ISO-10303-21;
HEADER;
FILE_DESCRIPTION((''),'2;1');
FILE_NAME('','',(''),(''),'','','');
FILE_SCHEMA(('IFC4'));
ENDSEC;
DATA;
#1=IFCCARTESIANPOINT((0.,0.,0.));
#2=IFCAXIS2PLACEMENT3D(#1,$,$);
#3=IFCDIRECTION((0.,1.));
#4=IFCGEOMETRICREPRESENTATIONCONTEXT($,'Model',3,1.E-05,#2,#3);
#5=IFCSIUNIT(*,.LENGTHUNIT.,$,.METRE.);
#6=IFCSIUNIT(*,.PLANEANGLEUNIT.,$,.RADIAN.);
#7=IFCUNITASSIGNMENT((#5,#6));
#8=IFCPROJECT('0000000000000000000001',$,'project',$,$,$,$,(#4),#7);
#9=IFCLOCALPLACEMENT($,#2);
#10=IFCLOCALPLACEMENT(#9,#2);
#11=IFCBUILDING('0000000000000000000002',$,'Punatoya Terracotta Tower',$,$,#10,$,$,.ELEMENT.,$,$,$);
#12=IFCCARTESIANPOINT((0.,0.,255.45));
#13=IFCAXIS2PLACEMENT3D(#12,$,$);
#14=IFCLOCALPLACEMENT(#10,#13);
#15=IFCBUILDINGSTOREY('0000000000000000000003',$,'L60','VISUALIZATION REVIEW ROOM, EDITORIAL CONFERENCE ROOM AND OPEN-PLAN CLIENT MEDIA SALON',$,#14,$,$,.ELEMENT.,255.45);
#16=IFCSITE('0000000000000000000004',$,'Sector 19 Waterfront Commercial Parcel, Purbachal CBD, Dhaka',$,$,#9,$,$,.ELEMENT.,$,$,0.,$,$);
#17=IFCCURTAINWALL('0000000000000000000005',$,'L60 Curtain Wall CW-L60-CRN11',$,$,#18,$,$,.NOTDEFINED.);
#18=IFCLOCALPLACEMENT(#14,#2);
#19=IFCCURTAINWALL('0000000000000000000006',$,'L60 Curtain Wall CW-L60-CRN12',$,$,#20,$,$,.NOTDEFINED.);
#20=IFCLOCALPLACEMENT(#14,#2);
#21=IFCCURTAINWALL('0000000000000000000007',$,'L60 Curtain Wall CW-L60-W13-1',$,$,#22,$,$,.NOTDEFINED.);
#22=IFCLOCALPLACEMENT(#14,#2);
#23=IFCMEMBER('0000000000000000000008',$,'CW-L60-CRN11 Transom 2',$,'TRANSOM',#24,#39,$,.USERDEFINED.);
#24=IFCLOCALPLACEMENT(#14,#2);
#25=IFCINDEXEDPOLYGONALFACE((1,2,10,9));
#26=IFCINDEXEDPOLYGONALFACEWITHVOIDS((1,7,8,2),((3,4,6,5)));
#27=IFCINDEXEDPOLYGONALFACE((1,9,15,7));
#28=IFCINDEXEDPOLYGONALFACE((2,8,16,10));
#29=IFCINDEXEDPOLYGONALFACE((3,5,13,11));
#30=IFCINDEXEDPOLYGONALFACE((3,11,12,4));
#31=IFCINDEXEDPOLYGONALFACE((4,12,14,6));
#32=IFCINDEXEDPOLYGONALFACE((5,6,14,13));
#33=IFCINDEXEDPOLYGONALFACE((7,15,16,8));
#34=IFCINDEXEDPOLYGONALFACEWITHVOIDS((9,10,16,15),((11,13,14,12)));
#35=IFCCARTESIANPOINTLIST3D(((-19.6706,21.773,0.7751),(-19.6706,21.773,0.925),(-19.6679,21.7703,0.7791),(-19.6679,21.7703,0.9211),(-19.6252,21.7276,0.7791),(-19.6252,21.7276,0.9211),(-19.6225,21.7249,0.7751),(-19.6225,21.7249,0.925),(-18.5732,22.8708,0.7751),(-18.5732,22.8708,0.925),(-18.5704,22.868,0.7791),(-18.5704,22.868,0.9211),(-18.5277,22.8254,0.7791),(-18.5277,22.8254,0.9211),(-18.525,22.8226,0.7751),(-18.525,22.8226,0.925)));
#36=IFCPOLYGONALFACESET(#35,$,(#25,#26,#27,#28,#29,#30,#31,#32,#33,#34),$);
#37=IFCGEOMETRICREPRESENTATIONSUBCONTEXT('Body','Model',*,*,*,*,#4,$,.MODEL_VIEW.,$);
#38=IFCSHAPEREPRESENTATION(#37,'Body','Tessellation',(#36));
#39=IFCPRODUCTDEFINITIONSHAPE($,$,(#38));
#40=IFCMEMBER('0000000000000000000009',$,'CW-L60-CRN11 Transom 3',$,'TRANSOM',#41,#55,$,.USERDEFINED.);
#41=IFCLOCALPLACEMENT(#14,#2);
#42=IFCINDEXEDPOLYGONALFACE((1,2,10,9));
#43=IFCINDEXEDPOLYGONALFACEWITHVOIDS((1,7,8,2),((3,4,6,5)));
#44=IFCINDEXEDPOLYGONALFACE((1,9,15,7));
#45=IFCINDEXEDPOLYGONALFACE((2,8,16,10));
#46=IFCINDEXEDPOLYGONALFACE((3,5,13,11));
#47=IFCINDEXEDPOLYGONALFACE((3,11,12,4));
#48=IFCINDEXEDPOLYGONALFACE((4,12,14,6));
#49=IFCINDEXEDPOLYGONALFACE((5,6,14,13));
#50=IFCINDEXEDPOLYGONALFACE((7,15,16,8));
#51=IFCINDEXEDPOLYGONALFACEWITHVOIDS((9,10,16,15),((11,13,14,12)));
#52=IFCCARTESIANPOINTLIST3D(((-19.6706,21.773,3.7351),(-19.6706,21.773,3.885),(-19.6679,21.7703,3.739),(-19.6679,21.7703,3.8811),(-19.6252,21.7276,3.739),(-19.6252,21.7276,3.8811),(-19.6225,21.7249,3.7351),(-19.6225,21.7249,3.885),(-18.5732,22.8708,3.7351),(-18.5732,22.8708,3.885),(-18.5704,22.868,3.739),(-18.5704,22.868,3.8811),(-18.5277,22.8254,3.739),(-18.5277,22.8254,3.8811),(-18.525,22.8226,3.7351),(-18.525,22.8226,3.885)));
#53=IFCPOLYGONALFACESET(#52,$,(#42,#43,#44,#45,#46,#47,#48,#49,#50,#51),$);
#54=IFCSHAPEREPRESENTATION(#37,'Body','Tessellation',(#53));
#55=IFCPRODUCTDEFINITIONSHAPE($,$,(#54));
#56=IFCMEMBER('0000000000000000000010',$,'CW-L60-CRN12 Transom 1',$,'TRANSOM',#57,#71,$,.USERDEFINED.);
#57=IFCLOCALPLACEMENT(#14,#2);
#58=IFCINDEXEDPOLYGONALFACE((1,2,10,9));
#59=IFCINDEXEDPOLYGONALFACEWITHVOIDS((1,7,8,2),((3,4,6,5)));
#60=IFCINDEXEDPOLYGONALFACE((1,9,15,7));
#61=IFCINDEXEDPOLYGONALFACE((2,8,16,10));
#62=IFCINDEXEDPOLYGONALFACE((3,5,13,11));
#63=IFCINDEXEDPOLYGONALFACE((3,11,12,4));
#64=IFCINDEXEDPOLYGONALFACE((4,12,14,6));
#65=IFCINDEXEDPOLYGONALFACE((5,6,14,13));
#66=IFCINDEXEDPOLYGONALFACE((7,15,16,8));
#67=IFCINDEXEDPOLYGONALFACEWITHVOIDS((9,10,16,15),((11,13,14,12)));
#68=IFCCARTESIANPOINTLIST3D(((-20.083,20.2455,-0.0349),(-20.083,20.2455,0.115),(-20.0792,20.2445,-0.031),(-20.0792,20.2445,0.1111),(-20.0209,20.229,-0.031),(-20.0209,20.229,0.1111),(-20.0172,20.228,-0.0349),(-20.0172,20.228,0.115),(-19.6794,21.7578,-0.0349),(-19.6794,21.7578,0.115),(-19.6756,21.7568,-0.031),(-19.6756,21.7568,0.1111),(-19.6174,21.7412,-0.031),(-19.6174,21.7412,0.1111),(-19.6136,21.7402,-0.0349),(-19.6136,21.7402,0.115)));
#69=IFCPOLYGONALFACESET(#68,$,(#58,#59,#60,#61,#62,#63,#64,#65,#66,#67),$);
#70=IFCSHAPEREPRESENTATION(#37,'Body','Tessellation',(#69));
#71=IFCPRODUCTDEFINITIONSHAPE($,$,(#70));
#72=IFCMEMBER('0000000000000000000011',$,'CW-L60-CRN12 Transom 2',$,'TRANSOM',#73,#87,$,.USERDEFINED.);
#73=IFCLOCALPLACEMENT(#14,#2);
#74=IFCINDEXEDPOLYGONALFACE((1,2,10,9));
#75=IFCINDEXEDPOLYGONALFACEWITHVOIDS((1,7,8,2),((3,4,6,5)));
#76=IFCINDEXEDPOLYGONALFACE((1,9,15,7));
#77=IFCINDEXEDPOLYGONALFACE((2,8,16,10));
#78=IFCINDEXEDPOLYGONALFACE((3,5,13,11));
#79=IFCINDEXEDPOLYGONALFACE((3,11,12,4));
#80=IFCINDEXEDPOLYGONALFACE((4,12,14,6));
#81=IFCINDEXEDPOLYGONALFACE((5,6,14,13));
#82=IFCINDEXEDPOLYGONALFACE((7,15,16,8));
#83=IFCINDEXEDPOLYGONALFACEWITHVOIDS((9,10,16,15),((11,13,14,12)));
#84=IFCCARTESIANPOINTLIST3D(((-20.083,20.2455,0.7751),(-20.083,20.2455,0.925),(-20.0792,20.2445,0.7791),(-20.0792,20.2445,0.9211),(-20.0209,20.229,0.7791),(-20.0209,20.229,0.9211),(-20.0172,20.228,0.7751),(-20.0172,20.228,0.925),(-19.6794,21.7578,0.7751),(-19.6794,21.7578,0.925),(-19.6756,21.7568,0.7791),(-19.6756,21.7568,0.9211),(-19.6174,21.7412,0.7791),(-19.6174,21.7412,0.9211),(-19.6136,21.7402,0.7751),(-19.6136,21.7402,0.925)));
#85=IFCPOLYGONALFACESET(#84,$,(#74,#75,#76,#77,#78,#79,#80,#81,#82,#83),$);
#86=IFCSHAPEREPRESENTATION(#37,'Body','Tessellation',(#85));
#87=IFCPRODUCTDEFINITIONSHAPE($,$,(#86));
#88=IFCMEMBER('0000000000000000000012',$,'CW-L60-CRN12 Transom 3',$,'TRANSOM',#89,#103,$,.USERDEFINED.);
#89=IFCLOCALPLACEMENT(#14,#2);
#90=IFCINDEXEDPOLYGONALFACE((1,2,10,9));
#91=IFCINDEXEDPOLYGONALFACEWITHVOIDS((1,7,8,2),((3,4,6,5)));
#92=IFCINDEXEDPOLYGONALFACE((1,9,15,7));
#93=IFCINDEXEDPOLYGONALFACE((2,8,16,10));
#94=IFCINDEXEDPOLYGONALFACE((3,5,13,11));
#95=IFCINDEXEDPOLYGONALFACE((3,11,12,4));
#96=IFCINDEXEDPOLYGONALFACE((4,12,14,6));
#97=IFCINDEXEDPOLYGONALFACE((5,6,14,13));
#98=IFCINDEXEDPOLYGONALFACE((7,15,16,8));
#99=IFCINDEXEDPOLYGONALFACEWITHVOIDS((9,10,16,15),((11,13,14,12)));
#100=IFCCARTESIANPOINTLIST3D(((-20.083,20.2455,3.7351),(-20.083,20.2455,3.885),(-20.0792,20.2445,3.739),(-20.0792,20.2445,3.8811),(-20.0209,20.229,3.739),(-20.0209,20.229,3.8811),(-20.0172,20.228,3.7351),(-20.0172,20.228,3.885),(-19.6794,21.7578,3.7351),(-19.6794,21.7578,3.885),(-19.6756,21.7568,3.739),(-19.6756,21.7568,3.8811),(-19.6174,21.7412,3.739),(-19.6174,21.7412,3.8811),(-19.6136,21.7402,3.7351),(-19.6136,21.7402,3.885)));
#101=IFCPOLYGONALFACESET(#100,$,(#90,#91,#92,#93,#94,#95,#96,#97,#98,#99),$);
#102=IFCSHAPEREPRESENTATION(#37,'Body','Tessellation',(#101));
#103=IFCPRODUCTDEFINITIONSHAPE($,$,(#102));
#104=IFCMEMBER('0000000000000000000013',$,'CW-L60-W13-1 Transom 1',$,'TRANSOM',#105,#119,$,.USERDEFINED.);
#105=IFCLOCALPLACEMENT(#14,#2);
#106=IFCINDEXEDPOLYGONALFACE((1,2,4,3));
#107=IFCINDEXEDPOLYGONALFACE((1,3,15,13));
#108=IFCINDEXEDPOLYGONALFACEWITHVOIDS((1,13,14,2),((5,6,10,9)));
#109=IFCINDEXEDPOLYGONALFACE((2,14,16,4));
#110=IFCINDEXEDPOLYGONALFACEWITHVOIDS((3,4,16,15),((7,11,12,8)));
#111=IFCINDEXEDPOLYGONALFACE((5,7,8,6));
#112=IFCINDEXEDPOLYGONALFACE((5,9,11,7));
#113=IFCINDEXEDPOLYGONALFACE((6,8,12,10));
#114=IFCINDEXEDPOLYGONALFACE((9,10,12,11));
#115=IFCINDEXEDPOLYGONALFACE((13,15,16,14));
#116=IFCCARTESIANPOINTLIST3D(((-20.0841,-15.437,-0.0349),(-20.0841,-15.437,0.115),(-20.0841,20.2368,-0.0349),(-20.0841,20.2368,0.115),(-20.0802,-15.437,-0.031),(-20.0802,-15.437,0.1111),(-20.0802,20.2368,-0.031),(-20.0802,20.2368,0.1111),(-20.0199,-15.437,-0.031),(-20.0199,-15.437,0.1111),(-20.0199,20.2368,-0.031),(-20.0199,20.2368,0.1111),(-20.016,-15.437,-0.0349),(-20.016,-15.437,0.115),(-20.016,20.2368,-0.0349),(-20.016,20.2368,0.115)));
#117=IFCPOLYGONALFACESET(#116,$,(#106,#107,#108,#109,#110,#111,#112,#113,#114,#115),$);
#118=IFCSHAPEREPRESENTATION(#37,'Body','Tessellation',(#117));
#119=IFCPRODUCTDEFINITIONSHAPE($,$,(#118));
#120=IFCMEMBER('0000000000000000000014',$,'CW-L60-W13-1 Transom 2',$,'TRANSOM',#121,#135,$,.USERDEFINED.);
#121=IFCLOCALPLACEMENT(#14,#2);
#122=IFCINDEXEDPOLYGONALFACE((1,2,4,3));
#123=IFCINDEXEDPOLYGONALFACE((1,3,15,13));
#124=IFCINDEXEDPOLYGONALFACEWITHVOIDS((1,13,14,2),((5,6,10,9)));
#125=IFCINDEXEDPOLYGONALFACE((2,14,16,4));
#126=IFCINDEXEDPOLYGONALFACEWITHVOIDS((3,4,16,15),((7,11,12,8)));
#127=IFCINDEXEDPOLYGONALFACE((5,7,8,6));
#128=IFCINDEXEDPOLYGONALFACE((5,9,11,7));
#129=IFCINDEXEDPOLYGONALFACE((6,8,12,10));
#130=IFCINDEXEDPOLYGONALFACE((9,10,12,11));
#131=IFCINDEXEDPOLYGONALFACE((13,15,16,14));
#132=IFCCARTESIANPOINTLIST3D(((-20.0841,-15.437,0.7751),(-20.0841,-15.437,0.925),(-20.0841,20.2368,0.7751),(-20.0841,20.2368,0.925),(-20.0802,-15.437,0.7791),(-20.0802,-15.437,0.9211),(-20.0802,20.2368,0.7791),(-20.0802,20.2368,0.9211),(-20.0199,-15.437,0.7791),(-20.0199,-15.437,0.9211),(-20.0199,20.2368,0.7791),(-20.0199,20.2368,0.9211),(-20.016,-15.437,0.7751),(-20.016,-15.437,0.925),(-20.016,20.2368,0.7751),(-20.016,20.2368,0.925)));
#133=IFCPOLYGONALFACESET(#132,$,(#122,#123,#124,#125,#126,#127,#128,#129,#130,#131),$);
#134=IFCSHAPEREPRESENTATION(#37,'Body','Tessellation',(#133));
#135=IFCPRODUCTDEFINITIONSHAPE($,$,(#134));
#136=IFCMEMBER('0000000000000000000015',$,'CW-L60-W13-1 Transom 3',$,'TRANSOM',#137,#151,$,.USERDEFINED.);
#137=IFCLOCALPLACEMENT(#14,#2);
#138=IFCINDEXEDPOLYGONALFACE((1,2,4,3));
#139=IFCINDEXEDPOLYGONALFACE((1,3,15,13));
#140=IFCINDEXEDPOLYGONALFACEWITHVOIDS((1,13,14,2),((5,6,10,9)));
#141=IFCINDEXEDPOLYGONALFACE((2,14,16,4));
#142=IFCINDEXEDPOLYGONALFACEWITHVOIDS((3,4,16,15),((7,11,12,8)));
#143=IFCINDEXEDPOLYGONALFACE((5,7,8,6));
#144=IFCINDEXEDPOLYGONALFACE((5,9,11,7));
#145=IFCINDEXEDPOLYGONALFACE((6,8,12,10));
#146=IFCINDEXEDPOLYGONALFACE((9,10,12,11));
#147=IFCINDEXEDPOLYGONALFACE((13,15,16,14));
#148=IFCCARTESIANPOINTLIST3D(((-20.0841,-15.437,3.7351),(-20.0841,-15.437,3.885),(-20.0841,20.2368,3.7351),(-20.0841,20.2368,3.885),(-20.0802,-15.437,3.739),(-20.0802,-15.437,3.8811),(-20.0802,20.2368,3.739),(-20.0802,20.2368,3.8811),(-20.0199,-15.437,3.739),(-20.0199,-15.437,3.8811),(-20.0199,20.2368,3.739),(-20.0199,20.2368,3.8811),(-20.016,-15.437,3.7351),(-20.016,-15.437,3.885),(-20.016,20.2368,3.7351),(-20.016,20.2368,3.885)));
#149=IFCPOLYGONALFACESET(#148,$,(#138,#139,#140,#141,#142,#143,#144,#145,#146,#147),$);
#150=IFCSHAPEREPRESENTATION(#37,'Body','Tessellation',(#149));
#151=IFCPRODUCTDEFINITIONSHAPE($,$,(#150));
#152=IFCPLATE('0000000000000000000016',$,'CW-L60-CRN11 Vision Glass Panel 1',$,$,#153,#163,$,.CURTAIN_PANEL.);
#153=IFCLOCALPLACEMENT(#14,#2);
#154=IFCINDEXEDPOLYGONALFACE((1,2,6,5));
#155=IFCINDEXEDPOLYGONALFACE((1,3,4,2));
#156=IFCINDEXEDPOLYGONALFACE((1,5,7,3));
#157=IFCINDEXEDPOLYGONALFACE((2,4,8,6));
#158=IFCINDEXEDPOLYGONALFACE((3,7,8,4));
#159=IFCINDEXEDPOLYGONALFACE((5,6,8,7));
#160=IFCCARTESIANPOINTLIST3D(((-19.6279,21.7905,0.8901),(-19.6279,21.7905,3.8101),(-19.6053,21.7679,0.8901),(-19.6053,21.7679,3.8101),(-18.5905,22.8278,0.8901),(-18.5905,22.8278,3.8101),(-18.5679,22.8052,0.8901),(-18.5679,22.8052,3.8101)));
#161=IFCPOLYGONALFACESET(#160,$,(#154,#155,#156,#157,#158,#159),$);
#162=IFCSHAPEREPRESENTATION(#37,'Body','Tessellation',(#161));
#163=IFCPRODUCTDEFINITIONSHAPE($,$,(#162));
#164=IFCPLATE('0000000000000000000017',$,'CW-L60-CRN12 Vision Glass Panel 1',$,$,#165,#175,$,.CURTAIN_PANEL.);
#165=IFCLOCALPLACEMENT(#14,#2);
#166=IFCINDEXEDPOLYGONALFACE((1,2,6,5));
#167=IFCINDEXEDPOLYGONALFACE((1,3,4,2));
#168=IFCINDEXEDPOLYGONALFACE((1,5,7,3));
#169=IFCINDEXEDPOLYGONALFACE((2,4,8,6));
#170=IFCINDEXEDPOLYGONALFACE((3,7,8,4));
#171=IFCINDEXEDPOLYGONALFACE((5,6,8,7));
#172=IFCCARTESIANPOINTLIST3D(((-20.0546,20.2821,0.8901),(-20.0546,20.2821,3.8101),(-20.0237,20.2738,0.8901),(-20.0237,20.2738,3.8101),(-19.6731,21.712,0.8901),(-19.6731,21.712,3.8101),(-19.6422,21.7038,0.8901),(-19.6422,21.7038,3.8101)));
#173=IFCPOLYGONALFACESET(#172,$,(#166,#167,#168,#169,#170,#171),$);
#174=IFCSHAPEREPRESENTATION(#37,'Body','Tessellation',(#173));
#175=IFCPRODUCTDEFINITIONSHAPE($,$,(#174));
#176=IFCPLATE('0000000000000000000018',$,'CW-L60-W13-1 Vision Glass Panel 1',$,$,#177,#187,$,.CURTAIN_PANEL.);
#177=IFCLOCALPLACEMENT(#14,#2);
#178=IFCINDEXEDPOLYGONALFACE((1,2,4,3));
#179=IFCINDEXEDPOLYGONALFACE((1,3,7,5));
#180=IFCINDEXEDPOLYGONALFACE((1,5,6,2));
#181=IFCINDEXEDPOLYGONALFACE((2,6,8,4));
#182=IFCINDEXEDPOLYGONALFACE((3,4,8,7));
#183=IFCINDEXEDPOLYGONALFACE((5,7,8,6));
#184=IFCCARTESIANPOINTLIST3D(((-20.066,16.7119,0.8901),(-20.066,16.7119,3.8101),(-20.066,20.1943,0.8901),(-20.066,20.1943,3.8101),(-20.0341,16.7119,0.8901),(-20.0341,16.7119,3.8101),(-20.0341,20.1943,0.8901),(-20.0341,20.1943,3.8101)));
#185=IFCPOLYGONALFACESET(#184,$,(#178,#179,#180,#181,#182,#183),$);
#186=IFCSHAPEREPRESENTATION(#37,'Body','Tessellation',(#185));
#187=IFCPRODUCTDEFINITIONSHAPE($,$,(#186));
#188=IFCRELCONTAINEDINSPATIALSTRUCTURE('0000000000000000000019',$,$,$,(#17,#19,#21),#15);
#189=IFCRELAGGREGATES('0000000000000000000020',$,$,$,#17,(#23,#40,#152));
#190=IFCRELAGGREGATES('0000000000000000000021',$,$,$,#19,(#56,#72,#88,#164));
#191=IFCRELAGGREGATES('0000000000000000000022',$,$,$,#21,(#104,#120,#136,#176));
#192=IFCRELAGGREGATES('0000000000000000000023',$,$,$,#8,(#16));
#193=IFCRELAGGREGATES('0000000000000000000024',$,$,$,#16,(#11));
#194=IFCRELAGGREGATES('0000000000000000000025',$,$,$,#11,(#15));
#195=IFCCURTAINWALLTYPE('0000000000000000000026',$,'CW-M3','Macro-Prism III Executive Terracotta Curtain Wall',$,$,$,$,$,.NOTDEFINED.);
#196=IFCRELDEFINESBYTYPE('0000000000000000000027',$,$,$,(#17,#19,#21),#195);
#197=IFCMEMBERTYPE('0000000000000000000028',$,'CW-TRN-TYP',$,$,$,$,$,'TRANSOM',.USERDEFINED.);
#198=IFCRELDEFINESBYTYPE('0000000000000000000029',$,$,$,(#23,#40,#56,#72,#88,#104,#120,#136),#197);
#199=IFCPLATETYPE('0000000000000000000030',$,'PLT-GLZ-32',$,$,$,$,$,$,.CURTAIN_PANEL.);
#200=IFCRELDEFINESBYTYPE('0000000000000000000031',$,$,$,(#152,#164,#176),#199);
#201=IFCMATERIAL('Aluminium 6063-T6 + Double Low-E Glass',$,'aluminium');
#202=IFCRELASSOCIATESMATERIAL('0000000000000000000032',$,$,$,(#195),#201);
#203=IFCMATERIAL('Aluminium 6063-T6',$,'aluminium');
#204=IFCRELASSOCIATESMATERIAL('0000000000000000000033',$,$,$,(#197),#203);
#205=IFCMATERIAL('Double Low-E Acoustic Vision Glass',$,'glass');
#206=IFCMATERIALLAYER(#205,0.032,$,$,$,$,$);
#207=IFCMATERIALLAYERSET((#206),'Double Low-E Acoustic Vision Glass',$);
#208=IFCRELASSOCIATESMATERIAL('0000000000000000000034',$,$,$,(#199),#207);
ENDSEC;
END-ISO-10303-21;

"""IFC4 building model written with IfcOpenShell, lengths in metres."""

from ifc_helpers import new_model, si_unit, direction, frame, origin, origin_2d, place, context, subcontext, project, spatial, rectangle, hollow_rectangle, extrude, material, layer, layer_set, material_profile, profile_set, type_object, element, aggregate, save


model = new_model("IFC4")

# Units and contexts
model_context = context("Model", 3, precision=1e-05, world=origin(), true_north=direction((0.0, 1.0)))
body_context = subcontext(model_context, "Body", "Model", "MODEL_VIEW")
ifc_project = project(units=[si_unit("LENGTHUNIT", "METRE"), si_unit("PLANEANGLEUNIT", "RADIAN")], contexts=[model_context])

# Site, building, storey
site_placement = place(None, origin())
site = spatial("IfcSite", under=ifc_project, at=site_placement, Name="Sector 19 Waterfront Commercial Parcel, Purbachal CBD, Dhaka", CompositionType="ELEMENT", RefElevation=0.0)
building_placement = place(site_placement, origin())
building = spatial("IfcBuilding", under=site, at=building_placement, Name="Punatoya Terracotta Tower", CompositionType="ELEMENT")
storey_placement = place(building_placement, frame((0.0, 0.0, 255.45)))
storey = spatial("IfcBuildingStorey", under=building, at=storey_placement, Name="L60", Description="VISUALIZATION REVIEW ROOM, EDITORIAL CONFERENCE ROOM AND OPEN-PLAN CLIENT MEDIA SALON", CompositionType="ELEMENT", Elevation=255.45)

# Shared definitions
ifc_material_1 = material(Name="Aluminium 6063-T6 + Double Low-E Glass", Category="aluminium")
curtain_wall_type = type_object("IfcCurtainWallType", Name="CW-M3", Description="Macro-Prism III Executive Terracotta Curtain Wall", PredefinedType="NOTDEFINED", material=ifc_material_1)
ifc_material_2 = material(Name="Aluminium 6063-T6", Category="aluminium")

# Curtain walls
curtain_wall_1_placement = place(storey_placement, origin())
curtain_wall_1 = element("IfcCurtainWall", 1, at=curtain_wall_1_placement, inside=storey, type_object=curtain_wall_type, Name="L60 Curtain Wall CW-L60-CRN11", PredefinedType="NOTDEFINED")
curtain_wall_2_placement = place(storey_placement, origin())
curtain_wall_2 = element("IfcCurtainWall", 2, at=curtain_wall_2_placement, inside=storey, type_object=curtain_wall_type, Name="L60 Curtain Wall CW-L60-CRN12", PredefinedType="NOTDEFINED")
curtain_wall_3_placement = place(storey_placement, origin())
curtain_wall_3 = element("IfcCurtainWall", 3, at=curtain_wall_3_placement, inside=storey, type_object=curtain_wall_type, Name="L60 Curtain Wall CW-L60-W13-1", PredefinedType="NOTDEFINED")

# Members
ifc_material_profile_1 = material_profile(ifc_material_2, hollow_rectangle(XDim=0.0681, YDim=0.1499, WallThickness=0.0039, at=origin_2d()))
ifc_profile_set_1 = profile_set([ifc_material_profile_1], Name="Aluminium 6063-T6")
member_type_1 = type_object("IfcMemberType", Name="CW-TRN-TYP", ElementType="TRANSOM", PredefinedType="USERDEFINED", material=ifc_profile_set_1)
member_1_placement = place(storey_placement, frame((-18.5491, 22.8467, 0.8501), z_axis=(-0.707028, -0.707185, 0.0), x_axis=(0.707185, -0.707028, 0.0)))
member_1 = element("IfcMember", 4, at=member_1_placement, type_object=member_type_1, Name="CW-L60-CRN11 Transom 2", ObjectType="TRANSOM", PredefinedType="USERDEFINED", context=body_context, shape_type="SweptSolid", body=[
    extrude(hollow_rectangle(XDim=0.0681, YDim=0.1499, WallThickness=0.0039, at=origin_2d()), origin(), (0.0, 0.0, 1.0), 1.5522),
])
member_2_placement = place(storey_placement, frame((-18.5491, 22.8467, 3.8101), z_axis=(-0.707028, -0.707185, 0.0), x_axis=(0.707185, -0.707028, 0.0)))
member_2 = element("IfcMember", 5, at=member_2_placement, type_object=member_type_1, Name="CW-L60-CRN11 Transom 3", ObjectType="TRANSOM", PredefinedType="USERDEFINED", context=body_context, shape_type="SweptSolid", body=[
    extrude(hollow_rectangle(XDim=0.0681, YDim=0.1499, WallThickness=0.0039, at=origin_2d()), origin(), (0.0, 0.0, 1.0), 1.5522),
])
member_3_placement = place(storey_placement, frame((-19.6465, 21.749, 0.04), z_axis=(-0.257847, -0.966186, 0.0), x_axis=(0.966186, -0.257847, 0.0)))
member_3 = element("IfcMember", 6, at=member_3_placement, type_object=member_type_1, Name="CW-L60-CRN12 Transom 1", ObjectType="TRANSOM", PredefinedType="USERDEFINED", context=body_context, shape_type="SweptSolid", body=[
    extrude(hollow_rectangle(XDim=0.0681, YDim=0.1499, WallThickness=0.0039, at=origin_2d()), origin(), (0.0, 0.0, 1.0), 1.5652),
])
member_4_placement = place(storey_placement, frame((-19.6465, 21.749, 0.8501), z_axis=(-0.257847, -0.966186, 0.0), x_axis=(0.966186, -0.257847, 0.0)))
member_4 = element("IfcMember", 7, at=member_4_placement, type_object=member_type_1, Name="CW-L60-CRN12 Transom 2", ObjectType="TRANSOM", PredefinedType="USERDEFINED", context=body_context, shape_type="SweptSolid", body=[
    extrude(hollow_rectangle(XDim=0.0681, YDim=0.1499, WallThickness=0.0039, at=origin_2d()), origin(), (0.0, 0.0, 1.0), 1.5652),
])
member_5_placement = place(storey_placement, frame((-19.6465, 21.749, 3.8101), z_axis=(-0.257847, -0.966186, 0.0), x_axis=(0.966186, -0.257847, 0.0)))
member_5 = element("IfcMember", 8, at=member_5_placement, type_object=member_type_1, Name="CW-L60-CRN12 Transom 3", ObjectType="TRANSOM", PredefinedType="USERDEFINED", context=body_context, shape_type="SweptSolid", body=[
    extrude(hollow_rectangle(XDim=0.0681, YDim=0.1499, WallThickness=0.0039, at=origin_2d()), origin(), (0.0, 0.0, 1.0), 1.5652),
])
member_6_placement = place(storey_placement, frame((-20.05, 20.2368, 0.04), z_axis=(0.0, -1.0, 0.0), x_axis=(1.0, 0.0, 0.0)))
member_6 = element("IfcMember", 9, at=member_6_placement, type_object=member_type_1, Name="CW-L60-W13-1 Transom 1", ObjectType="TRANSOM", PredefinedType="USERDEFINED", context=body_context, shape_type="SweptSolid", body=[
    extrude(hollow_rectangle(XDim=0.0681, YDim=0.1499, WallThickness=0.0039, at=origin_2d()), origin(), (0.0, 0.0, 1.0), 35.6738),
])
member_7_placement = place(storey_placement, frame((-20.05, 20.2368, 0.8501), z_axis=(0.0, -1.0, 0.0), x_axis=(1.0, 0.0, 0.0)))
member_7 = element("IfcMember", 10, at=member_7_placement, type_object=member_type_1, Name="CW-L60-W13-1 Transom 2", ObjectType="TRANSOM", PredefinedType="USERDEFINED", context=body_context, shape_type="SweptSolid", body=[
    extrude(hollow_rectangle(XDim=0.0681, YDim=0.1499, WallThickness=0.0039, at=origin_2d()), origin(), (0.0, 0.0, 1.0), 35.6738),
])
member_8_placement = place(storey_placement, frame((-20.05, 20.2368, 3.8101), z_axis=(0.0, -1.0, 0.0), x_axis=(1.0, 0.0, 0.0)))
member_8 = element("IfcMember", 11, at=member_8_placement, type_object=member_type_1, Name="CW-L60-W13-1 Transom 3", ObjectType="TRANSOM", PredefinedType="USERDEFINED", context=body_context, shape_type="SweptSolid", body=[
    extrude(hollow_rectangle(XDim=0.0681, YDim=0.1499, WallThickness=0.0039, at=origin_2d()), origin(), (0.0, 0.0, 1.0), 35.6738),
])

# Plates
ifc_material_3 = material(Name="Double Low-E Acoustic Vision Glass", Category="glass")
ifc_layer_1 = layer(ifc_material_3, 0.032)
ifc_layer_set_1 = layer_set([ifc_layer_1], Name="Double Low-E Acoustic Vision Glass")
plate_type_1 = type_object("IfcPlateType", Name="PLT-GLZ-32", PredefinedType="CURTAIN_PANEL", material=ifc_layer_set_1)
plate_1_placement = place(storey_placement, frame((-19.0979, 22.2979, 0.8901), z_axis=(0.0, 0.0, 1.0), x_axis=(-0.707107, -0.707107, 0.0)))
plate_1 = element("IfcPlate", 12, at=plate_1_placement, type_object=plate_type_1, Name="CW-L60-CRN11 Vision Glass Panel 1", PredefinedType="CURTAIN_PANEL", context=body_context, shape_type="SweptSolid", body=[
    extrude(rectangle(XDim=1.467, YDim=0.032, at=origin_2d()), origin(), (0.0, 0.0, 1.0), 2.9199),
])
plate_2_placement = place(storey_placement, frame((-19.8484, 20.9929, 0.8901), z_axis=(0.0, 0.0, 1.0), x_axis=(-0.257742, -0.966214, 0.0)))
plate_2 = element("IfcPlate", 13, at=plate_2_placement, type_object=plate_type_1, Name="CW-L60-CRN12 Vision Glass Panel 1", PredefinedType="CURTAIN_PANEL", context=body_context, shape_type="SweptSolid", body=[
    extrude(rectangle(XDim=1.48, YDim=0.032, at=origin_2d()), origin(), (0.0, 0.0, 1.0), 2.9199),
])
plate_3_placement = place(storey_placement, frame((-20.05, 18.4531, 0.8901), z_axis=(0.0, 0.0, 1.0), x_axis=(0.0, -1.0, 0.0)))
plate_3 = element("IfcPlate", 14, at=plate_3_placement, type_object=plate_type_1, Name="CW-L60-W13-1 Vision Glass Panel 1", PredefinedType="CURTAIN_PANEL", context=body_context, shape_type="SweptSolid", body=[
    extrude(rectangle(XDim=3.4824, YDim=0.032, at=origin_2d()), origin(), (0.0, 0.0, 1.0), 2.9199),
])
aggregate(curtain_wall_1, [member_1, member_2, plate_1])
aggregate(curtain_wall_2, [member_3, member_4, member_5, plate_2])
aggregate(curtain_wall_3, [member_6, member_7, member_8, plate_3])

save(model, "model.ifc")
